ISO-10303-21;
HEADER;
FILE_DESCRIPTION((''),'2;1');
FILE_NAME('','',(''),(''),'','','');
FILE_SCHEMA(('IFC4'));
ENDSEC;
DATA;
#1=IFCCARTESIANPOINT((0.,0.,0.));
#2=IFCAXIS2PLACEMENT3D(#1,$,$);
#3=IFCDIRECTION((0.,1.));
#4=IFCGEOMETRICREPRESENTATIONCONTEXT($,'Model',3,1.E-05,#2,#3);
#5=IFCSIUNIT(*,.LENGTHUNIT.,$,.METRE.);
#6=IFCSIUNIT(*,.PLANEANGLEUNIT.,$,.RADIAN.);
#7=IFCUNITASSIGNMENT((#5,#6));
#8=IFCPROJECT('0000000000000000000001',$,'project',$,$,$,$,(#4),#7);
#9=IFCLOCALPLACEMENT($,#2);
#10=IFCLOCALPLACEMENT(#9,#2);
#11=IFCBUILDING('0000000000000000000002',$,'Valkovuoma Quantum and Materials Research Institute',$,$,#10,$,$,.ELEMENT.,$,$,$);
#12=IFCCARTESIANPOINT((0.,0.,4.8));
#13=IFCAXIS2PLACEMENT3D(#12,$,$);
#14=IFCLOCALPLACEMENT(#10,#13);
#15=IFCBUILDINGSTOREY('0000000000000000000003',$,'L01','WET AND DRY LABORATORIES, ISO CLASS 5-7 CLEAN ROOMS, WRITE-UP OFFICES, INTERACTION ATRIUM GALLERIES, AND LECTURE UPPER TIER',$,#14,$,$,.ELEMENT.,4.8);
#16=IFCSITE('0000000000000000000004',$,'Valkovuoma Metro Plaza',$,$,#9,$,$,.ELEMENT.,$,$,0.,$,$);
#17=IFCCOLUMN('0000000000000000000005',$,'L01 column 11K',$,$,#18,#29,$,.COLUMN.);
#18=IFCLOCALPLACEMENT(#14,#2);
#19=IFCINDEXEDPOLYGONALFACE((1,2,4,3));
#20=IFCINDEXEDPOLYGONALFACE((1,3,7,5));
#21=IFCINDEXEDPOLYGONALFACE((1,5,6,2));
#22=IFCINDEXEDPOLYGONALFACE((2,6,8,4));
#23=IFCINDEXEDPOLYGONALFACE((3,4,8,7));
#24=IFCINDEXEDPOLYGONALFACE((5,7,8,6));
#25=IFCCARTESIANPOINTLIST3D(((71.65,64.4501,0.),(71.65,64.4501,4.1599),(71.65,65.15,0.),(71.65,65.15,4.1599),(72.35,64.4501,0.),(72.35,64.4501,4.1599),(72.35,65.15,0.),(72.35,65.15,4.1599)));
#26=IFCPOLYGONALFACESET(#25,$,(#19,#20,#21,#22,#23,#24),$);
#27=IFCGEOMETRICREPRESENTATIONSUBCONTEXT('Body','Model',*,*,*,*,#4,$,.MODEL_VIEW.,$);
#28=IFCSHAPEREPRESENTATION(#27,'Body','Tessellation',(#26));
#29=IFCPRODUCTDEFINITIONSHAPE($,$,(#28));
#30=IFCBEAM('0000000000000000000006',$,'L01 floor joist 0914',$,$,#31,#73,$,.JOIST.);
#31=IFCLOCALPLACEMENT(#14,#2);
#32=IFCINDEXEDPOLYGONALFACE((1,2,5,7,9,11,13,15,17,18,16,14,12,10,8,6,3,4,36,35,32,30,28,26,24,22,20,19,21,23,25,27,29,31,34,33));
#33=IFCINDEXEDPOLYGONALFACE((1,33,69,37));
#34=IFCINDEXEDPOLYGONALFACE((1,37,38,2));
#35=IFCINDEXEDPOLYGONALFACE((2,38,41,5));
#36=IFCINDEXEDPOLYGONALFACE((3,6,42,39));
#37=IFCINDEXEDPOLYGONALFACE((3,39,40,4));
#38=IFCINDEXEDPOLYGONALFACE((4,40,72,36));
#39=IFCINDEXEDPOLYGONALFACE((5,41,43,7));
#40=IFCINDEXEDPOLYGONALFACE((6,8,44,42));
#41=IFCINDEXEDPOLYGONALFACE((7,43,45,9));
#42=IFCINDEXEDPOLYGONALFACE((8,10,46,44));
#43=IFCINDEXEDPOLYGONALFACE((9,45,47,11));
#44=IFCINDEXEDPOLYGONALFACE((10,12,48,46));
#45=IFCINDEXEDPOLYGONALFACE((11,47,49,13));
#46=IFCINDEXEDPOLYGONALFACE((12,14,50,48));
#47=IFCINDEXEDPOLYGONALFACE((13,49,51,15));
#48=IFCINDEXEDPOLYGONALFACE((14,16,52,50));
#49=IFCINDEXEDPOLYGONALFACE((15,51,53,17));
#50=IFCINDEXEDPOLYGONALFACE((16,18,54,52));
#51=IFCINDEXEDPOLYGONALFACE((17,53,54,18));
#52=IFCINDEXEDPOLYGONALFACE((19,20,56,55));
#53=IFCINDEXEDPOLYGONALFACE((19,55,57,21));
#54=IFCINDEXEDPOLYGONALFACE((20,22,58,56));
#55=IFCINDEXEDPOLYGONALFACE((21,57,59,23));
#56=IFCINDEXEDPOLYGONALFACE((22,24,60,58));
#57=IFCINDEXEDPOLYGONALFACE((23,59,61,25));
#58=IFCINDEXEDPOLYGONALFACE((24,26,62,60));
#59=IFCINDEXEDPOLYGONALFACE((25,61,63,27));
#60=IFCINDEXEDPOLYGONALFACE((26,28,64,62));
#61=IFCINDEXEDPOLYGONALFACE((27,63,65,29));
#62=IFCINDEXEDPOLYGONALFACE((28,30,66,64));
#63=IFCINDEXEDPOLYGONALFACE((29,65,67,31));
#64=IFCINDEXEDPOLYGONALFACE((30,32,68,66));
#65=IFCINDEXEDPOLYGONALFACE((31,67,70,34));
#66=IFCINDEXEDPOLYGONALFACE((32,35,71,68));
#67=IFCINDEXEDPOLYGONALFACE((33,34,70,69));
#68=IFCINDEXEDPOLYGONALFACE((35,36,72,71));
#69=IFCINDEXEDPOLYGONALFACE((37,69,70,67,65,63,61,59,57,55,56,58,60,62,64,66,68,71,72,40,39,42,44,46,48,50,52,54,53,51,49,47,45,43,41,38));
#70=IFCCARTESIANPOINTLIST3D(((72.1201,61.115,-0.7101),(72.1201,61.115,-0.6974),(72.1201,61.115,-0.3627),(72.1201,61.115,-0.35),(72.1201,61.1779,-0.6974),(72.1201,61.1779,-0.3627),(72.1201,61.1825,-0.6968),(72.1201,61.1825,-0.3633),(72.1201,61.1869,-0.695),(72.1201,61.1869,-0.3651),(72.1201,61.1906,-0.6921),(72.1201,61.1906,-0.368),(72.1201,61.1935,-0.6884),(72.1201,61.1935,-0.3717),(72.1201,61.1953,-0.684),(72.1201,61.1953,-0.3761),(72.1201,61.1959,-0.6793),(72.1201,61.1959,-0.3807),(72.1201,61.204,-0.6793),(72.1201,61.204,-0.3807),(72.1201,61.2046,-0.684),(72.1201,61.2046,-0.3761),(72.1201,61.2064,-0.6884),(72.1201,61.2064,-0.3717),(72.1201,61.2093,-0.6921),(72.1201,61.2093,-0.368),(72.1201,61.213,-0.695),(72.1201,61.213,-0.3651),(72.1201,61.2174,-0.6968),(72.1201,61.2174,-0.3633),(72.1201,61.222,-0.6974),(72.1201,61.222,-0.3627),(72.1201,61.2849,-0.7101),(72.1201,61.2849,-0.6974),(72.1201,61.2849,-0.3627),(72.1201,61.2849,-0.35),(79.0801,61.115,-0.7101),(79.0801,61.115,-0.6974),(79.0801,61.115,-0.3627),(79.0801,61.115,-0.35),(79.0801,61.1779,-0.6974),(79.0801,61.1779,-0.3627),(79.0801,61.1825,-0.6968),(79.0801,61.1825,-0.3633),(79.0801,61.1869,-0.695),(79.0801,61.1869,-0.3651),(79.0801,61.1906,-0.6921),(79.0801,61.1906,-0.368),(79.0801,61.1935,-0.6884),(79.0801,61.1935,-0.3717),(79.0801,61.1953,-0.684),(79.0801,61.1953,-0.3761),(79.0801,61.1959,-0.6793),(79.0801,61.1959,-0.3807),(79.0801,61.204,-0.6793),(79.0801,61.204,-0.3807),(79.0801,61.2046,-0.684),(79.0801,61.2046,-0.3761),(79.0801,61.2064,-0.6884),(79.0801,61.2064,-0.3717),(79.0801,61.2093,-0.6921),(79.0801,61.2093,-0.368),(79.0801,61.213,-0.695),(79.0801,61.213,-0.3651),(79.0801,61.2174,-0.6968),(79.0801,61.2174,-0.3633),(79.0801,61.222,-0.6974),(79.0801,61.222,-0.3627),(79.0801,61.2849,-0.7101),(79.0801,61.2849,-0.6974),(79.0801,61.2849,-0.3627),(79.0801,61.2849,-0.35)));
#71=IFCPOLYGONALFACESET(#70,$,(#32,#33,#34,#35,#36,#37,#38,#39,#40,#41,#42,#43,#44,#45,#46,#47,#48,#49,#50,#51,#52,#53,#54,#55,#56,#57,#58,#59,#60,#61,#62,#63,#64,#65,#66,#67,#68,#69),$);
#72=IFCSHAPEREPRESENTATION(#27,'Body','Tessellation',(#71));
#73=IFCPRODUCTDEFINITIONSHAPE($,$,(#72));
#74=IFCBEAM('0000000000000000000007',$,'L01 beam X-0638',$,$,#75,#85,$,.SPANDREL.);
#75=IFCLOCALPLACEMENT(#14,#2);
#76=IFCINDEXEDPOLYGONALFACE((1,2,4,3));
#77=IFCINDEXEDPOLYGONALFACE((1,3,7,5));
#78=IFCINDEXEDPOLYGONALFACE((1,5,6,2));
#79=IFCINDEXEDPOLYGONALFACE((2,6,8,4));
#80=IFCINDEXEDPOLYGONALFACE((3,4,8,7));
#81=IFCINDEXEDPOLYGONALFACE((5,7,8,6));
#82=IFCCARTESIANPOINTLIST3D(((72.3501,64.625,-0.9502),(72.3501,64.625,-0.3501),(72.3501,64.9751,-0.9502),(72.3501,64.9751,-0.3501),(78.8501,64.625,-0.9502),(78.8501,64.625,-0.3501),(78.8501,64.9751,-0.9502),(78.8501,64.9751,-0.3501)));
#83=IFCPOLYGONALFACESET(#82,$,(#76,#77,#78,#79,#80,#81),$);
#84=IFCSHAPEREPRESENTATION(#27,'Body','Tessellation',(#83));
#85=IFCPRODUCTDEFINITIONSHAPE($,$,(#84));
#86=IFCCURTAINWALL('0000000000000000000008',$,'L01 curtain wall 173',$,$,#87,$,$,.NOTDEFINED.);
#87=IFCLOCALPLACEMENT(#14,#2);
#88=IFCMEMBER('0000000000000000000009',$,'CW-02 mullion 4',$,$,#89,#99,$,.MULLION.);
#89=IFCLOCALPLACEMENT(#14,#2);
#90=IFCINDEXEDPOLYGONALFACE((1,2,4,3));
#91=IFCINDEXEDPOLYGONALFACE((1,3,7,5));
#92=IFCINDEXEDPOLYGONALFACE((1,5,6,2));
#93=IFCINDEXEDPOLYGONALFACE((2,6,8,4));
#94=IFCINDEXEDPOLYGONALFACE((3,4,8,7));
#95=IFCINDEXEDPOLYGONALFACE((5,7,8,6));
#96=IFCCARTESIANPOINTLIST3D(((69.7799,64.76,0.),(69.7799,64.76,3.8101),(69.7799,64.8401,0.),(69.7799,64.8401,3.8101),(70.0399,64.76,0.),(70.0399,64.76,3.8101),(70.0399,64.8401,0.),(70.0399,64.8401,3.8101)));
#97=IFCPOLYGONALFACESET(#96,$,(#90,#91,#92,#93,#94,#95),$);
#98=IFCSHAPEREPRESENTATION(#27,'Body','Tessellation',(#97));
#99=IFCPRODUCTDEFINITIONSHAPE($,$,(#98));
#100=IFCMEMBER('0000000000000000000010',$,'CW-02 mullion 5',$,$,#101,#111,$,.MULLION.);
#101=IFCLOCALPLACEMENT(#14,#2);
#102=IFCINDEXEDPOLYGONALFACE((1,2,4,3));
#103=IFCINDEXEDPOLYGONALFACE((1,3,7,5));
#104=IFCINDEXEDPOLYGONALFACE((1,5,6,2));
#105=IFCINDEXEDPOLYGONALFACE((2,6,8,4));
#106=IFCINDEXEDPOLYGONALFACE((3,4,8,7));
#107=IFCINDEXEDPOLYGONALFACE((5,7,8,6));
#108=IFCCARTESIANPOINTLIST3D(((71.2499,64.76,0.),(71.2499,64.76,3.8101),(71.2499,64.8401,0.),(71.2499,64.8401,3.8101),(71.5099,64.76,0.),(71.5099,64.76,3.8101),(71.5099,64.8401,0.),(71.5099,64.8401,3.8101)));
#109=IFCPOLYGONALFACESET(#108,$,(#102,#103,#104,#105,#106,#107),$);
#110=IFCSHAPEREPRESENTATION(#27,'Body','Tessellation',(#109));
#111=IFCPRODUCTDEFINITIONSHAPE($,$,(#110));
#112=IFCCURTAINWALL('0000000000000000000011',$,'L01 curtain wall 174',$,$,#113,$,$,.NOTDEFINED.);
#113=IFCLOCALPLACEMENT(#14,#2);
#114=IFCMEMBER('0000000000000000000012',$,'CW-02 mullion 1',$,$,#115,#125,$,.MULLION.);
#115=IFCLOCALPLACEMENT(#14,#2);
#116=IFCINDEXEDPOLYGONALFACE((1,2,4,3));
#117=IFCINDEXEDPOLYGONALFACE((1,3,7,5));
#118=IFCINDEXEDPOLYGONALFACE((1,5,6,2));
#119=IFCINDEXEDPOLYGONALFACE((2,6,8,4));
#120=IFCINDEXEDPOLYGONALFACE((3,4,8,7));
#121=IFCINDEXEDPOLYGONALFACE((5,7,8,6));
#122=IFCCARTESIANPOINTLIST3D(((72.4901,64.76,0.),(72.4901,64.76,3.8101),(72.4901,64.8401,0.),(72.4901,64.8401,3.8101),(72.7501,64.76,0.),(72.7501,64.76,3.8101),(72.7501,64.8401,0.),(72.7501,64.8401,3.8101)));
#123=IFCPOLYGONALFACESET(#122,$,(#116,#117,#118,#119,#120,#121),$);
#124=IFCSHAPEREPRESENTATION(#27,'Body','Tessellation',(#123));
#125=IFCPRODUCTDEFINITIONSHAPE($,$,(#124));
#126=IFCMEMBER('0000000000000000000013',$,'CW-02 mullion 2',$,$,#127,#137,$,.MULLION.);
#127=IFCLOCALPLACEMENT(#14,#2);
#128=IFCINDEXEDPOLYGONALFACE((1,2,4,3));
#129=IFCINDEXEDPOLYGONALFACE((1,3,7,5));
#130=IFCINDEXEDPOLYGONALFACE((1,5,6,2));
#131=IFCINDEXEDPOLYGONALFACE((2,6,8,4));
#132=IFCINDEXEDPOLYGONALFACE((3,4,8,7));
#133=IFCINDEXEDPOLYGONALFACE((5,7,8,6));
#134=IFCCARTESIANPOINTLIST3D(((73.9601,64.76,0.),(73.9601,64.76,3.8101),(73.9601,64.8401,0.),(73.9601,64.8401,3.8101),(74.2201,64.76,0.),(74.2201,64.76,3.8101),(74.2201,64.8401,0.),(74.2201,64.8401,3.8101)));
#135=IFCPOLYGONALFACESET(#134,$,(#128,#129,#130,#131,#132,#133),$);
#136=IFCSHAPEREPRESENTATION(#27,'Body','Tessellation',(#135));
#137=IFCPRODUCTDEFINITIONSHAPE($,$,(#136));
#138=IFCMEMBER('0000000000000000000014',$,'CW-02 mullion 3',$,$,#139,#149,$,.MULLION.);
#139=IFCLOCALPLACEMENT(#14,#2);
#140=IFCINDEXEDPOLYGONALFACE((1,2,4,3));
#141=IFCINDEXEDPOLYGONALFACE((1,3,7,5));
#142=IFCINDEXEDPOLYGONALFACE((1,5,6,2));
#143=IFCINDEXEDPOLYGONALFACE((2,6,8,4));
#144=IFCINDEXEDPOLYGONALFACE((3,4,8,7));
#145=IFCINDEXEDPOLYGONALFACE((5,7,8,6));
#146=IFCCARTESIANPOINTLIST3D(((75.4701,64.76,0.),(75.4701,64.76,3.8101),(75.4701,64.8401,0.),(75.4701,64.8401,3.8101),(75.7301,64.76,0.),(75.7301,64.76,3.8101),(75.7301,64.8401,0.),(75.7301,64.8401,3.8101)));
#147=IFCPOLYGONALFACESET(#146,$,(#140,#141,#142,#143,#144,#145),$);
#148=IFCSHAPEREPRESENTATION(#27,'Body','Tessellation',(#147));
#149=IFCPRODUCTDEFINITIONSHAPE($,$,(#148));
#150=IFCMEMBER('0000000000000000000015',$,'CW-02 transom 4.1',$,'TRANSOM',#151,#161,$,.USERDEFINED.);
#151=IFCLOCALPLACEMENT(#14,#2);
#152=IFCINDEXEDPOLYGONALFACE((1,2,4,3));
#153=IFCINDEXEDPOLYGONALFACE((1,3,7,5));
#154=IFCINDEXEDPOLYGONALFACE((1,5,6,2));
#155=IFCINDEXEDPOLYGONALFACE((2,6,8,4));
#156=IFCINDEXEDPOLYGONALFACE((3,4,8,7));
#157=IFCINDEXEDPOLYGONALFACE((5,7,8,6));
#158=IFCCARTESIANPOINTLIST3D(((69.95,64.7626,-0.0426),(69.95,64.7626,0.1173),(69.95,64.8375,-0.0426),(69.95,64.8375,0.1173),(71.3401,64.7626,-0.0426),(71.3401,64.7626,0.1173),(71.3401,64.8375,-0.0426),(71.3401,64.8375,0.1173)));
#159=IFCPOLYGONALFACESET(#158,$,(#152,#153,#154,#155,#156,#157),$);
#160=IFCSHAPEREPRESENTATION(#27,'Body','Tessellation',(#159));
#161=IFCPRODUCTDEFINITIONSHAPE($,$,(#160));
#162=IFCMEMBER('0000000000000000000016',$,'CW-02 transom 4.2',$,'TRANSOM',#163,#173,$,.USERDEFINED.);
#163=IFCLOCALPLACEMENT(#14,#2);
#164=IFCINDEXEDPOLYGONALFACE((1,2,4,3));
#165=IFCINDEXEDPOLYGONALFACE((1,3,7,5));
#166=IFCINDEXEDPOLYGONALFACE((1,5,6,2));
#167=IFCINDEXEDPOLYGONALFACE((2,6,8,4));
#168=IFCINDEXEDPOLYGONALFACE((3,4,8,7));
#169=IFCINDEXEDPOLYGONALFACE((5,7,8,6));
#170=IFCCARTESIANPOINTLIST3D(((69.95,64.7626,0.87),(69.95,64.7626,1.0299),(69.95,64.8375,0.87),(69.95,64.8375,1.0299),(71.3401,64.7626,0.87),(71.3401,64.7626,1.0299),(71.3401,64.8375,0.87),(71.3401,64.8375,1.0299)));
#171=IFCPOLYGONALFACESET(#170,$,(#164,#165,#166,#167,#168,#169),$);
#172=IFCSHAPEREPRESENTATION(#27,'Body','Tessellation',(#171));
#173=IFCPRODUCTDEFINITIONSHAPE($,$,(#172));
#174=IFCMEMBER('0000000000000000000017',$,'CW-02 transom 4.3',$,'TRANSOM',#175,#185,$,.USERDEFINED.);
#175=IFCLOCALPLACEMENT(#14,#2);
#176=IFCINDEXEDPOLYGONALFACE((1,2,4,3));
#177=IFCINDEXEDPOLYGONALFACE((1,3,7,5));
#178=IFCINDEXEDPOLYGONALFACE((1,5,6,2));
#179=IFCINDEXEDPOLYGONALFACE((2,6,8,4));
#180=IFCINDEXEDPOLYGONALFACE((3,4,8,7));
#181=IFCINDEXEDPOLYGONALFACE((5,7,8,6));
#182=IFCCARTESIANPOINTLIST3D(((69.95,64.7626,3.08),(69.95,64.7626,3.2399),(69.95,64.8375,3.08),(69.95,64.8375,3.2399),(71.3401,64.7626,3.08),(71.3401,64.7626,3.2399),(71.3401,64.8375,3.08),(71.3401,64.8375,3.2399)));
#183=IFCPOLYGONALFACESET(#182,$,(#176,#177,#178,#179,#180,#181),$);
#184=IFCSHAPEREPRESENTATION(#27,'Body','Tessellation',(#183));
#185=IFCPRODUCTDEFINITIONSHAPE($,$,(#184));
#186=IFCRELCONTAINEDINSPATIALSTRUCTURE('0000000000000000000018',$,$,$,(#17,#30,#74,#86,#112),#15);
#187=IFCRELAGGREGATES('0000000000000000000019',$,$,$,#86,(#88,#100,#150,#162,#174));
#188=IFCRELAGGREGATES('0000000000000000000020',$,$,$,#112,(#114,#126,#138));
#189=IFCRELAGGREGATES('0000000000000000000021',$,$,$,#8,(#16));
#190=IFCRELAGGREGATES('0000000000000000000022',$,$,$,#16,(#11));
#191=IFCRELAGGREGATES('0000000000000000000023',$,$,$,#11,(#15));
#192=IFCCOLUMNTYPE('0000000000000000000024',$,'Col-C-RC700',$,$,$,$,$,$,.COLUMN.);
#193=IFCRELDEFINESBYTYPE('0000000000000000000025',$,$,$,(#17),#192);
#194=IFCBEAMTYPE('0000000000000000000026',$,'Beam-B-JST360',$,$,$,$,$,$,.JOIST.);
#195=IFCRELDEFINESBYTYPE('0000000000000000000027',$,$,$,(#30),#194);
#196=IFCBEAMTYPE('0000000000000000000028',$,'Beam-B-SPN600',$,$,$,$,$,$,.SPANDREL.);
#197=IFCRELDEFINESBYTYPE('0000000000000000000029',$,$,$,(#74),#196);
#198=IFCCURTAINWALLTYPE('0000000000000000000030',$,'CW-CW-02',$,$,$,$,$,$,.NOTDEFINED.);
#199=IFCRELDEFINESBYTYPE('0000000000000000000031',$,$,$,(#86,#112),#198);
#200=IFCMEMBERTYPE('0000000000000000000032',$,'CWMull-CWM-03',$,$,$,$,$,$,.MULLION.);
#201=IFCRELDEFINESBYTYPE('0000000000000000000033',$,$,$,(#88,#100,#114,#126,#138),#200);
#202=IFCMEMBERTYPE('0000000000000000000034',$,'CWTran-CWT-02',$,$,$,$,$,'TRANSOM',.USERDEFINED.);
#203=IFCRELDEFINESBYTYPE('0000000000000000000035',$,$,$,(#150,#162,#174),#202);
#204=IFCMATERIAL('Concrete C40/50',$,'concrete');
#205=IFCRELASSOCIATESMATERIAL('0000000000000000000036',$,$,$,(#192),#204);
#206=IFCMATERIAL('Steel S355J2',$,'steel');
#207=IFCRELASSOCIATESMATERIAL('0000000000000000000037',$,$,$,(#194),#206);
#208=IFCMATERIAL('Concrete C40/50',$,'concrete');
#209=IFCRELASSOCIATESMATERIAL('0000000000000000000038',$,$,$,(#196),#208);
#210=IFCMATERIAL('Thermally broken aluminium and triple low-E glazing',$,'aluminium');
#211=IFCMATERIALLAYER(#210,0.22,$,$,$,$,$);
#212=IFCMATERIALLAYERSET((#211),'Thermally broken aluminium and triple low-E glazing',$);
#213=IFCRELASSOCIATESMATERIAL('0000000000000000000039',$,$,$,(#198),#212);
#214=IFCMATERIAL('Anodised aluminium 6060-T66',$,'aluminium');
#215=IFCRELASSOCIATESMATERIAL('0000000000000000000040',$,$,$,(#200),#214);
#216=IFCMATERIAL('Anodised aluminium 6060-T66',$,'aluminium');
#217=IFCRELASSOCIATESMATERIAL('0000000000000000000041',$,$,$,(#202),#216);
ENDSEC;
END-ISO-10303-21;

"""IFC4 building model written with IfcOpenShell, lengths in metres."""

from ifc_helpers import new_model, si_unit, direction, frame, origin, origin_2d, place, context, subcontext, project, spatial, rectangle, i_section, extrude, material, layer, layer_set, material_profile, profile_set, type_object, element, aggregate, save


model = new_model("IFC4")

# Units and contexts
model_context = context("Model", 3, precision=1e-05, world=origin(), true_north=direction((0.0, 1.0)))
body_context = subcontext(model_context, "Body", "Model", "MODEL_VIEW")
ifc_project = project(units=[si_unit("LENGTHUNIT", "METRE"), si_unit("PLANEANGLEUNIT", "RADIAN")], contexts=[model_context])

# Site, building, storey
site_placement = place(None, origin())
site = spatial("IfcSite", under=ifc_project, at=site_placement, Name="Valkovuoma Metro Plaza", CompositionType="ELEMENT", RefElevation=0.0)
building_placement = place(site_placement, origin())
building = spatial("IfcBuilding", under=site, at=building_placement, Name="Valkovuoma Quantum and Materials Research Institute", CompositionType="ELEMENT")
storey_placement = place(building_placement, frame((0.0, 0.0, 4.8)))
storey = spatial("IfcBuildingStorey", under=building, at=storey_placement, Name="L01", Description="WET AND DRY LABORATORIES, ISO CLASS 5-7 CLEAN ROOMS, WRITE-UP OFFICES, INTERACTION ATRIUM GALLERIES, AND LECTURE UPPER TIER", CompositionType="ELEMENT", Elevation=4.8)

# Column
ifc_material_1 = material(Name="Concrete C40/50", Category="concrete")
ifc_material_profile_1 = material_profile(ifc_material_1, rectangle(XDim=0.7, YDim=0.7, at=origin_2d()), Name="Concrete C40/50")
ifc_profile_set_1 = profile_set([ifc_material_profile_1], Name="Concrete C40/50")
column_type = type_object("IfcColumnType", Name="Col-C-RC700", PredefinedType="COLUMN", material=ifc_profile_set_1)
column_placement = place(storey_placement, frame((72.0, 64.8, 0.0), z_axis=(0.0, 0.0, 1.0), x_axis=(1.0, 0.0, 0.0)))
element("IfcColumn", 1, at=column_placement, inside=storey, type_object=column_type, Name="L01 column 11K", PredefinedType="COLUMN", context=body_context, shape_type="SweptSolid", body=[
    extrude(rectangle(XDim=0.7, YDim=0.7, at=origin_2d()), origin(), (0.0, 0.0, 1.0), 4.1599),
])

# Beams
ifc_material_2 = material(Name="Steel S355J2", Category="steel")
ifc_material_profile_2 = material_profile(ifc_material_2, i_section(OverallWidth=0.1699, OverallDepth=0.3601, WebThickness=0.0081, FlangeThickness=0.0127, FilletRadius=0.0181, at=origin_2d()), Name="Steel S355J2")
ifc_profile_set_2 = profile_set([ifc_material_profile_2], Name="Steel S355J2")
beam_type_1 = type_object("IfcBeamType", Name="Beam-B-JST360", PredefinedType="JOIST", material=ifc_profile_set_2)
beam_1_placement = place(storey_placement, frame((72.1201, 61.2, -0.53), z_axis=(1.0, 0.0, 0.0), x_axis=(0.0, 1.0, 0.0)))
element("IfcBeam", 2, at=beam_1_placement, inside=storey, type_object=beam_type_1, Name="L01 floor joist 0914", PredefinedType="JOIST", context=body_context, shape_type="SweptSolid", body=[
    extrude(i_section(OverallWidth=0.1699, OverallDepth=0.3601, WebThickness=0.0081, FlangeThickness=0.0127, FilletRadius=0.0181, at=origin_2d()), origin(), (0.0, 0.0, 1.0), 6.96),
])
ifc_material_3 = material(Name="Concrete C40/50", Category="concrete")
ifc_material_profile_3 = material_profile(ifc_material_3, rectangle(XDim=0.3501, YDim=0.6001, at=origin_2d()), Name="Concrete C40/50")
ifc_profile_set_3 = profile_set([ifc_material_profile_3], Name="Concrete C40/50")
beam_type_2 = type_object("IfcBeamType", Name="Beam-B-SPN600", PredefinedType="SPANDREL", material=ifc_profile_set_3)
beam_2_placement = place(storey_placement, frame((72.3501, 64.8, -0.6501), z_axis=(1.0, 0.0, 0.0), x_axis=(0.0, 1.0, 0.0)))
element("IfcBeam", 3, at=beam_2_placement, inside=storey, type_object=beam_type_2, Name="L01 beam X-0638", PredefinedType="SPANDREL", context=body_context, shape_type="SweptSolid", body=[
    extrude(rectangle(XDim=0.3501, YDim=0.6001, at=origin_2d()), origin(), (0.0, 0.0, 1.0), 6.5),
])

# Curtain walls, members
ifc_material_4 = material(Name="Thermally broken aluminium and triple low-E glazing", Category="aluminium")
ifc_layer_1 = layer(ifc_material_4, 0.22)
ifc_layer_set_1 = layer_set([ifc_layer_1], Name="Thermally broken aluminium and triple low-E glazing")
curtain_wall_type = type_object("IfcCurtainWallType", Name="CW-CW-02", PredefinedType="NOTDEFINED", material=ifc_layer_set_1)
curtain_wall_1_placement = place(storey_placement, origin())
curtain_wall_1 = element("IfcCurtainWall", 4, at=curtain_wall_1_placement, inside=storey, type_object=curtain_wall_type, Name="L01 curtain wall 173", PredefinedType="NOTDEFINED")
ifc_material_5 = material(Name="Anodised aluminium 6060-T66", Category="aluminium")
ifc_material_profile_4 = material_profile(ifc_material_5, rectangle(XDim=0.0801, YDim=0.26, at=origin_2d()), Name="Anodised aluminium 6060-T66")
ifc_profile_set_4 = profile_set([ifc_material_profile_4], Name="Anodised aluminium 6060-T66")
member_type_1 = type_object("IfcMemberType", Name="CWMull-CWM-03", PredefinedType="MULLION", material=ifc_profile_set_4)
member_1_placement = place(storey_placement, frame((69.9099, 64.8, 0.0), z_axis=(0.0, 0.0, 1.0), x_axis=(0.0, 1.0, 0.0)))
member_1 = element("IfcMember", 5, at=member_1_placement, type_object=member_type_1, Name="CW-02 mullion 4", PredefinedType="MULLION", context=body_context, shape_type="SweptSolid", body=[
    extrude(rectangle(XDim=0.0801, YDim=0.26, at=origin_2d()), origin(), (0.0, 0.0, 1.0), 3.8101),
])
member_2_placement = place(storey_placement, frame((71.3799, 64.8, 0.0), z_axis=(0.0, 0.0, 1.0), x_axis=(0.0, 1.0, 0.0)))
member_2 = element("IfcMember", 6, at=member_2_placement, type_object=member_type_1, Name="CW-02 mullion 5", PredefinedType="MULLION", context=body_context, shape_type="SweptSolid", body=[
    extrude(rectangle(XDim=0.0801, YDim=0.26, at=origin_2d()), origin(), (0.0, 0.0, 1.0), 3.8101),
])
curtain_wall_2_placement = place(storey_placement, origin())
curtain_wall_2 = element("IfcCurtainWall", 7, at=curtain_wall_2_placement, inside=storey, type_object=curtain_wall_type, Name="L01 curtain wall 174", PredefinedType="NOTDEFINED")
member_3_placement = place(storey_placement, frame((72.6201, 64.8, 0.0), z_axis=(0.0, 0.0, 1.0), x_axis=(0.0, 1.0, 0.0)))
member_3 = element("IfcMember", 8, at=member_3_placement, type_object=member_type_1, Name="CW-02 mullion 1", PredefinedType="MULLION", context=body_context, shape_type="SweptSolid", body=[
    extrude(rectangle(XDim=0.0801, YDim=0.26, at=origin_2d()), origin(), (0.0, 0.0, 1.0), 3.8101),
])
member_4_placement = place(storey_placement, frame((74.0901, 64.8, 0.0), z_axis=(0.0, 0.0, 1.0), x_axis=(0.0, 1.0, 0.0)))
member_4 = element("IfcMember", 9, at=member_4_placement, type_object=member_type_1, Name="CW-02 mullion 2", PredefinedType="MULLION", context=body_context, shape_type="SweptSolid", body=[
    extrude(rectangle(XDim=0.0801, YDim=0.26, at=origin_2d()), origin(), (0.0, 0.0, 1.0), 3.8101),
])
member_5_placement = place(storey_placement, frame((75.6001, 64.8, 0.0), z_axis=(0.0, 0.0, 1.0), x_axis=(0.0, 1.0, 0.0)))
member_5 = element("IfcMember", 10, at=member_5_placement, type_object=member_type_1, Name="CW-02 mullion 3", PredefinedType="MULLION", context=body_context, shape_type="SweptSolid", body=[
    extrude(rectangle(XDim=0.0801, YDim=0.26, at=origin_2d()), origin(), (0.0, 0.0, 1.0), 3.8101),
])

# Members
ifc_material_6 = material(Name="Anodised aluminium 6060-T66", Category="aluminium")
ifc_material_profile_5 = material_profile(ifc_material_6, rectangle(XDim=0.075, YDim=0.1599, at=origin_2d()), Name="Anodised aluminium 6060-T66")
ifc_profile_set_5 = profile_set([ifc_material_profile_5], Name="Anodised aluminium 6060-T66")
member_type_2 = type_object("IfcMemberType", Name="CWTran-CWT-02", ElementType="TRANSOM", PredefinedType="USERDEFINED", material=ifc_profile_set_5)
member_6_placement = place(storey_placement, frame((69.95, 64.8, 0.0374), z_axis=(1.0, 0.0, 0.0), x_axis=(0.0, 1.0, 0.0)))
member_6 = element("IfcMember", 11, at=member_6_placement, type_object=member_type_2, Name="CW-02 transom 4.1", ObjectType="TRANSOM", PredefinedType="USERDEFINED", context=body_context, shape_type="SweptSolid", body=[
    extrude(rectangle(XDim=0.075, YDim=0.1599, at=origin_2d()), origin(), (0.0, 0.0, 1.0), 1.3901),
])
member_7_placement = place(storey_placement, frame((69.95, 64.8, 0.95), z_axis=(1.0, 0.0, 0.0), x_axis=(0.0, 1.0, 0.0)))
member_7 = element("IfcMember", 12, at=member_7_placement, type_object=member_type_2, Name="CW-02 transom 4.2", ObjectType="TRANSOM", PredefinedType="USERDEFINED", context=body_context, shape_type="SweptSolid", body=[
    extrude(rectangle(XDim=0.075, YDim=0.1599, at=origin_2d()), origin(), (0.0, 0.0, 1.0), 1.3901),
])
member_8_placement = place(storey_placement, frame((69.95, 64.8, 3.1599), z_axis=(1.0, 0.0, 0.0), x_axis=(0.0, 1.0, 0.0)))
member_8 = element("IfcMember", 13, at=member_8_placement, type_object=member_type_2, Name="CW-02 transom 4.3", ObjectType="TRANSOM", PredefinedType="USERDEFINED", context=body_context, shape_type="SweptSolid", body=[
    extrude(rectangle(XDim=0.075, YDim=0.1599, at=origin_2d()), origin(), (0.0, 0.0, 1.0), 1.3901),
])

aggregate(curtain_wall_1, [member_1, member_2, member_6, member_7, member_8])
aggregate(curtain_wall_2, [member_3, member_4, member_5])

save(model, "model.ifc")
